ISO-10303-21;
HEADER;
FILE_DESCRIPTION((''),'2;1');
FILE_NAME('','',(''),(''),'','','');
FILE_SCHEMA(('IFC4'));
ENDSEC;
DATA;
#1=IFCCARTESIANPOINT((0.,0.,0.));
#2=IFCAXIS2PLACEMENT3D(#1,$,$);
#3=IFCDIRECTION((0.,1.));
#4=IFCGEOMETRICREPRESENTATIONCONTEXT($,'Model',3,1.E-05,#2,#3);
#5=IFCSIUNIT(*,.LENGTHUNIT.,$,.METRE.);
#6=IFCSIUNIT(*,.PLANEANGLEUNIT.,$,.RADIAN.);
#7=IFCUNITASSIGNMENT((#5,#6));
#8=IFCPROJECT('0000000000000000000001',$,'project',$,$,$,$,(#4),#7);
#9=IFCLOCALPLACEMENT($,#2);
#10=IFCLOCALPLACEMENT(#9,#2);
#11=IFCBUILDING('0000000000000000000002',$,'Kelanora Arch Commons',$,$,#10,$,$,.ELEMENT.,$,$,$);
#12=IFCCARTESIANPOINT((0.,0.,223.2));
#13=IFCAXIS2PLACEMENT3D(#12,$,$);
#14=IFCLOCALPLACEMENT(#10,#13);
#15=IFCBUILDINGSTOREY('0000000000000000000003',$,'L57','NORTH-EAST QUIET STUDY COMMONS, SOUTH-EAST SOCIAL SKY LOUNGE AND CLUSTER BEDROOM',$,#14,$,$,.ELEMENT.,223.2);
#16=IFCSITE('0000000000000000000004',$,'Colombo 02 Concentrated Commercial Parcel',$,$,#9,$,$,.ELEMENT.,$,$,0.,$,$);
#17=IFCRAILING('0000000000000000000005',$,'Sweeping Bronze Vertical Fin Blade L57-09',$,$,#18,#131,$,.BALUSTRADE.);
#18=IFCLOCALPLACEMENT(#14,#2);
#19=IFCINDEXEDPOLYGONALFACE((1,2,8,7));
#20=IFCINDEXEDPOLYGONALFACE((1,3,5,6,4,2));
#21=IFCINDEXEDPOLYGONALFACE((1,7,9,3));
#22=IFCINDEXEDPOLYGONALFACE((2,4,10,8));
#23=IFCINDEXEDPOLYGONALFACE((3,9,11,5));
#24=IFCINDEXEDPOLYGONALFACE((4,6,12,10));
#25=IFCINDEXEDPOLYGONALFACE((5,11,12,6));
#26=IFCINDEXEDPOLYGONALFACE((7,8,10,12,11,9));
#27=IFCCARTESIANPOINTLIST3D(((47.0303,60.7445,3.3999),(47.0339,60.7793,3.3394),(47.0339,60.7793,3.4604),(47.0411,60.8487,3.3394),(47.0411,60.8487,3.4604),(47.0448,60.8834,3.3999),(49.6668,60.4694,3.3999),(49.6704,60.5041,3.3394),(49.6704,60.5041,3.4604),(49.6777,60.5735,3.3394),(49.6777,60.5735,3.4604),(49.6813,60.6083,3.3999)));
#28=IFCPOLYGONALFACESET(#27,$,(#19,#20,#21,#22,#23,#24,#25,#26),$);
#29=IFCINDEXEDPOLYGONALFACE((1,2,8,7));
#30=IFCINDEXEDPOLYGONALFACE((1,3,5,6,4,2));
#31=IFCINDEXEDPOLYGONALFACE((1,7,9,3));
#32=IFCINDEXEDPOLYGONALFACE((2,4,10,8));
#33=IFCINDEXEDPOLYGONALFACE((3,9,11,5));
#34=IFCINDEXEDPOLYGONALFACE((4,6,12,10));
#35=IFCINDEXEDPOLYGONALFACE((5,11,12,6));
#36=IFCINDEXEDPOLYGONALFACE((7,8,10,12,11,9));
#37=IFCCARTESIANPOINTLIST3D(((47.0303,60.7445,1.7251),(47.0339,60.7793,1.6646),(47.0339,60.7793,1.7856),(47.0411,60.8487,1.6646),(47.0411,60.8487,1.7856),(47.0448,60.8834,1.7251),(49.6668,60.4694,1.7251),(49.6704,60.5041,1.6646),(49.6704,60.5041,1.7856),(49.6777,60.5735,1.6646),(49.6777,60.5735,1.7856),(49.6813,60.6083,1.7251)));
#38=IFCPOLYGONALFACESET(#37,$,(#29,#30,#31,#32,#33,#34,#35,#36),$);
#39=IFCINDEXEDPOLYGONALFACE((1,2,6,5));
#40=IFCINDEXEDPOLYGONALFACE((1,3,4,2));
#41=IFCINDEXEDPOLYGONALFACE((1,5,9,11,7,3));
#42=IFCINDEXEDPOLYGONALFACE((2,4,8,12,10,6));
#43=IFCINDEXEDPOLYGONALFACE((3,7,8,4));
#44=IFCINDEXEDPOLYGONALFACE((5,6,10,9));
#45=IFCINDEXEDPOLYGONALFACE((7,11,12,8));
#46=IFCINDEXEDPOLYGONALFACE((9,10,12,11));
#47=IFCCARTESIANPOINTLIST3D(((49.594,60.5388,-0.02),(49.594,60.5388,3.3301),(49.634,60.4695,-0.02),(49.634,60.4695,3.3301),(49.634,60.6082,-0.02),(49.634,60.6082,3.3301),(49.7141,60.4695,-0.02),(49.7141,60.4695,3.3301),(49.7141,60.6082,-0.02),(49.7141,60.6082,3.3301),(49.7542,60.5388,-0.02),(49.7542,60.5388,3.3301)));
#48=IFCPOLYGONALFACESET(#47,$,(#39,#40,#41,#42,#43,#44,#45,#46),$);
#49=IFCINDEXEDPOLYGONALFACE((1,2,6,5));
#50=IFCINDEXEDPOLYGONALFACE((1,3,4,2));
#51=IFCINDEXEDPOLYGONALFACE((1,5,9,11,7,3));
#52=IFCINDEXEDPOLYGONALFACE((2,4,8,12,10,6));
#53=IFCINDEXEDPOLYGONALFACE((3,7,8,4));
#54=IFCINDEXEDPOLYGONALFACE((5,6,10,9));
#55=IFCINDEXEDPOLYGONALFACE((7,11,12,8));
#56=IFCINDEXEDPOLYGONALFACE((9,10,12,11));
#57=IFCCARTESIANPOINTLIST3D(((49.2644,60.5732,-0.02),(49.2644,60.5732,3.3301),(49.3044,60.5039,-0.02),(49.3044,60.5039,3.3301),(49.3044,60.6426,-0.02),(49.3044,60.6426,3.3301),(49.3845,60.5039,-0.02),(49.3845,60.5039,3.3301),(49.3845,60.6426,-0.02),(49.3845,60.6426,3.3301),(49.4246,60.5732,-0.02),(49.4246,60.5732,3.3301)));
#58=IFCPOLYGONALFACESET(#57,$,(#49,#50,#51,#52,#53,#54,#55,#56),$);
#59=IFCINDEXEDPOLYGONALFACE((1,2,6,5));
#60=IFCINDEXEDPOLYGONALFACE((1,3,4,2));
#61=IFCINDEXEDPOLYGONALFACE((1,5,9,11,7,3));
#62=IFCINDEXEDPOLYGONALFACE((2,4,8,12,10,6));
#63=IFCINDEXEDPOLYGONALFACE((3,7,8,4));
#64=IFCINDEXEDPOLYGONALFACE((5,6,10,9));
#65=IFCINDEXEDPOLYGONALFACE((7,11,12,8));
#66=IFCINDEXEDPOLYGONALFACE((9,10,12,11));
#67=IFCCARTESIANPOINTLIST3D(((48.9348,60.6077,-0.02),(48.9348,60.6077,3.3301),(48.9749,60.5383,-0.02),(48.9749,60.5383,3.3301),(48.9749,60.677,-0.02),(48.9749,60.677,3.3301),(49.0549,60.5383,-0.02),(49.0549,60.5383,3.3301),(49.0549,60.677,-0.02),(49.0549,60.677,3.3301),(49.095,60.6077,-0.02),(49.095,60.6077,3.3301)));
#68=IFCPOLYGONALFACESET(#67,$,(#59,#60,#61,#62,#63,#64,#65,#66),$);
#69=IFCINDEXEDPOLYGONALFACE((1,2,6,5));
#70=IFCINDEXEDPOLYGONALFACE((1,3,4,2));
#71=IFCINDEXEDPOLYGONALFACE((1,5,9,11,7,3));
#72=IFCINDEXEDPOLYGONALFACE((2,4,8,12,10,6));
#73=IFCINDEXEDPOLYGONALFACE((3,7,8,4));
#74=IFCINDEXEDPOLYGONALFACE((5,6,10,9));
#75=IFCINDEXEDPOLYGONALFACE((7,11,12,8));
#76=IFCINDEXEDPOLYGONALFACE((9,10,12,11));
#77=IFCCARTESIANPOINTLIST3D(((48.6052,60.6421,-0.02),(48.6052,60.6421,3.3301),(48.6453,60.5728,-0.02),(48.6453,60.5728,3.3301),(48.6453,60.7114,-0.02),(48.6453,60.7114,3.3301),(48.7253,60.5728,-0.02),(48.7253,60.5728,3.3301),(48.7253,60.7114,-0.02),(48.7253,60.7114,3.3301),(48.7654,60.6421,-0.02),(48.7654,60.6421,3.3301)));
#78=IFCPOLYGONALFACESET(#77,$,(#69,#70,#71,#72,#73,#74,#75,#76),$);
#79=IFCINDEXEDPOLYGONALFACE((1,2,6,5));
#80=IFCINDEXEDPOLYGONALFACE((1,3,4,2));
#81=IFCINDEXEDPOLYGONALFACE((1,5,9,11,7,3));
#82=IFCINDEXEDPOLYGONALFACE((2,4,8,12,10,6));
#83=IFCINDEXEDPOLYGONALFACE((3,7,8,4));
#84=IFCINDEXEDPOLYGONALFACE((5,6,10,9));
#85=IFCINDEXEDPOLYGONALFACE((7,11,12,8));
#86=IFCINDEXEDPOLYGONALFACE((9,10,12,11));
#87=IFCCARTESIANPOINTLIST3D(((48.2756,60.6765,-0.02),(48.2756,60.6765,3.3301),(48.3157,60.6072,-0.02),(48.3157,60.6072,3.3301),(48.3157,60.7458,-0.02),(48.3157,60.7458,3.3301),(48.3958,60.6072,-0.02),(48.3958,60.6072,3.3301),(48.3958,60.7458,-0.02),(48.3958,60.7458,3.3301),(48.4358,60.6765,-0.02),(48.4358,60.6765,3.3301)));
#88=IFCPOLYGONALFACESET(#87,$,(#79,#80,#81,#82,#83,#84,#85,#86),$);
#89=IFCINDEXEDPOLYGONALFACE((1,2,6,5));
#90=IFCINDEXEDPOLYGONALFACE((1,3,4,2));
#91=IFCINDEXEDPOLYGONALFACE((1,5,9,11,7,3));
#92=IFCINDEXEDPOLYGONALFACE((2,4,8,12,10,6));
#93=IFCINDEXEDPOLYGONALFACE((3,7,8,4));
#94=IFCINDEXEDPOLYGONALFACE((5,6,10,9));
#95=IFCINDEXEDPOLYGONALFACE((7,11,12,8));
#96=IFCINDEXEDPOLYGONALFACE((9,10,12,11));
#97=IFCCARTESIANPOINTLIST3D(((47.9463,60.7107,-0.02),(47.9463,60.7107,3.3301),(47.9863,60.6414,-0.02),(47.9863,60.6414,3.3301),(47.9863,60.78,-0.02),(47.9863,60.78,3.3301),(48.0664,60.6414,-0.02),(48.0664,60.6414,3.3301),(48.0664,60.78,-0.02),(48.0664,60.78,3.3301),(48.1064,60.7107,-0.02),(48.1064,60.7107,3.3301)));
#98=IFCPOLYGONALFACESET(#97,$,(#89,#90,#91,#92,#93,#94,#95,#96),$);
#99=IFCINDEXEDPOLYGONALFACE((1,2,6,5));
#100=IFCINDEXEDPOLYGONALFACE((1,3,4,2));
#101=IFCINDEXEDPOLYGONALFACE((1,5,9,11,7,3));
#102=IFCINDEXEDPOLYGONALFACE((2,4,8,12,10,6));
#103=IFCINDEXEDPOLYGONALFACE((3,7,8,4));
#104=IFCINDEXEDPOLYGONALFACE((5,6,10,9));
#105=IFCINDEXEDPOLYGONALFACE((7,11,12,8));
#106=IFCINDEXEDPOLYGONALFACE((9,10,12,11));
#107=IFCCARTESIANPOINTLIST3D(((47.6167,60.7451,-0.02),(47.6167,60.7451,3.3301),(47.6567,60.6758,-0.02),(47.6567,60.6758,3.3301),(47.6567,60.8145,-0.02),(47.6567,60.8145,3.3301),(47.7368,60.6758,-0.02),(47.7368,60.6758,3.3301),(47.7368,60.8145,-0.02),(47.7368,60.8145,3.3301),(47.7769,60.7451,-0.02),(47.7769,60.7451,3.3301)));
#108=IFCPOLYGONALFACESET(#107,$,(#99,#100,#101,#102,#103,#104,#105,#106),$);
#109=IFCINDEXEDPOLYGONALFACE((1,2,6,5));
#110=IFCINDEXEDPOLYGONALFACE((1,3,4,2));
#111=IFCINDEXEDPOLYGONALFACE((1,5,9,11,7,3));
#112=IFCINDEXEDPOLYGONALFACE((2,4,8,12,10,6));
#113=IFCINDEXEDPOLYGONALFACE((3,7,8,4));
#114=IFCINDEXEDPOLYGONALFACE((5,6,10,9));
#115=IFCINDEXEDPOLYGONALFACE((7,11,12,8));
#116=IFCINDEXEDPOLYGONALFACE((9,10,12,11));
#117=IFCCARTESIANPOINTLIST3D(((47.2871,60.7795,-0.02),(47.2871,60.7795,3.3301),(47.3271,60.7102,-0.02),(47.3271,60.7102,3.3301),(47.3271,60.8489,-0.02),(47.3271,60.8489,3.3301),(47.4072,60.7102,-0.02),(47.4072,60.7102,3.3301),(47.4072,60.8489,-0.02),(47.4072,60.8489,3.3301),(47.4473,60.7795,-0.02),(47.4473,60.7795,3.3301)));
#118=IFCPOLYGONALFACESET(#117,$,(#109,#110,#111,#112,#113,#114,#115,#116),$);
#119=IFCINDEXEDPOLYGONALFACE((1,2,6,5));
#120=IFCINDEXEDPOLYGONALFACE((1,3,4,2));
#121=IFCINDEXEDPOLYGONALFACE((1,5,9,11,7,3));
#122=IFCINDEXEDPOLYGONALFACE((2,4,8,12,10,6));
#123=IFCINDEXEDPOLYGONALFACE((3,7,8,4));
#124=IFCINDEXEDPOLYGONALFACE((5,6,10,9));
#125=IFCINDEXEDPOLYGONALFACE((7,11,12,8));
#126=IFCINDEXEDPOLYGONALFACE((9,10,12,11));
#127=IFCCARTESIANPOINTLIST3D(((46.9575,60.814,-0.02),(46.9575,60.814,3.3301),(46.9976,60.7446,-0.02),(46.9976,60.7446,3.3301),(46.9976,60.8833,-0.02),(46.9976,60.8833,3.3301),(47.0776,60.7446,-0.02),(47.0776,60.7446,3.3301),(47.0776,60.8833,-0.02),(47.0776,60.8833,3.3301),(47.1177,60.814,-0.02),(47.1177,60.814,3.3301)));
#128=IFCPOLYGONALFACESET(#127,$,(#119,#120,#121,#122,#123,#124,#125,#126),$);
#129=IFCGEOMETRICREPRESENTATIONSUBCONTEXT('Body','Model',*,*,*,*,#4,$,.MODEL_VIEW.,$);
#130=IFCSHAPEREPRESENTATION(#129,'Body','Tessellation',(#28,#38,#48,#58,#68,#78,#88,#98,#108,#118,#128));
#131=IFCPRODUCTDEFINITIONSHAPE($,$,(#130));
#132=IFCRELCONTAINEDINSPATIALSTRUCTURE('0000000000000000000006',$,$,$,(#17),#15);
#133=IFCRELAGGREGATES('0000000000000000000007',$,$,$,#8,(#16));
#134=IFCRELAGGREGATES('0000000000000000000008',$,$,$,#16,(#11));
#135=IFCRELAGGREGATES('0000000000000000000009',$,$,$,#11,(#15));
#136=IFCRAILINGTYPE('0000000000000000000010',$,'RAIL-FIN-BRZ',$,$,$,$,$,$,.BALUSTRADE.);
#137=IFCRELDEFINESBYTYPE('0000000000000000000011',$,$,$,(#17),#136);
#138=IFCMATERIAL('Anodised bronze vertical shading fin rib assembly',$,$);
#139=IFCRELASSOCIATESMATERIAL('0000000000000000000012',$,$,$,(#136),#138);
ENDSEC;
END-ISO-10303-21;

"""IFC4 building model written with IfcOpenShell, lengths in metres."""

from ifc_helpers import new_model, si_unit, direction, frame, origin, place, context, subcontext, project, spatial, polyline, outline, extrude, material, type_object, element, save


model = new_model("IFC4")

# Units and contexts
model_context = context("Model", 3, precision=1e-05, world=origin(), true_north=direction((0.0, 1.0)))
body_context = subcontext(model_context, "Body", "Model", "MODEL_VIEW")
ifc_project = project(units=[si_unit("LENGTHUNIT", "METRE"), si_unit("PLANEANGLEUNIT", "RADIAN")], contexts=[model_context])

# Site, building, storey
site_placement = place(None, origin())
site = spatial("IfcSite", under=ifc_project, at=site_placement, Name="Colombo 02 Concentrated Commercial Parcel", CompositionType="ELEMENT", RefElevation=0.0)
building_placement = place(site_placement, origin())
building = spatial("IfcBuilding", under=site, at=building_placement, Name="Kelanora Arch Commons", CompositionType="ELEMENT")
storey_placement = place(building_placement, frame((0.0, 0.0, 223.2)))
storey = spatial("IfcBuildingStorey", under=building, at=storey_placement, Name="L57", Description="NORTH-EAST QUIET STUDY COMMONS, SOUTH-EAST SOCIAL SKY LOUNGE AND CLUSTER BEDROOM", CompositionType="ELEMENT", Elevation=223.2)

# Railing
ifc_material_1 = material(Name="Anodised bronze vertical shading fin rib assembly")
railing_type = type_object("IfcRailingType", Name="RAIL-FIN-BRZ", PredefinedType="BALUSTRADE", material=ifc_material_1)
railing_1_placement = place(storey_placement, frame((49.6741, 60.5388, -0.02)))
element("IfcRailing", 1, at=railing_1_placement, inside=storey, type_object=railing_type, Name="Sweeping Bronze Vertical Fin Blade L57-09", PredefinedType="BALUSTRADE", context=body_context, shape_type="SweptSolid", body=[
    extrude(outline(polyline([(0.0698, 0.0), (0.0349, 0.0605), (-0.0349, 0.0605), (-0.0698, 0.0), (-0.0349, -0.0605), (0.0349, -0.0605), (0.0698, 0.0)])), frame((0.0, 0.0, 3.4199), z_axis=(-0.994598, 0.103798, 0.0), x_axis=(-0.103798, -0.994598, 0.0)), (0.0, 0.0, 1.0), 2.6509),
    extrude(outline(polyline([(0.0698, 0.0), (0.0349, 0.0605), (-0.0349, 0.0605), (-0.0698, 0.0), (-0.0349, -0.0605), (0.0349, -0.0605), (0.0698, 0.0)])), frame((0.0, 0.0, 1.7451), z_axis=(-0.994598, 0.103798, 0.0), x_axis=(-0.103798, -0.994598, 0.0)), (0.0, 0.0, 1.0), 2.6509),
    extrude(outline(polyline([(0.0801, 0.0), (0.04, 0.0693), (-0.04, 0.0693), (-0.0801, 0.0), (-0.04, -0.0693), (0.04, -0.0693), (0.0801, 0.0)])), origin(), (0.0, 0.0, 1.0), 3.3501),
    extrude(outline(polyline([(0.0801, 0.0), (0.04, 0.0693), (-0.04, 0.0693), (-0.0801, 0.0), (-0.04, -0.0693), (0.04, -0.0693), (0.0801, 0.0)])), frame((-0.3296, 0.0344, 0.0)), (0.0, 0.0, 1.0), 3.3501),
    extrude(outline(polyline([(0.0801, 0.0), (0.04, 0.0693), (-0.04, 0.0693), (-0.0801, 0.0), (-0.04, -0.0693), (0.04, -0.0693), (0.0801, 0.0)])), frame((-0.6592, 0.0688, 0.0)), (0.0, 0.0, 1.0), 3.3501),
    extrude(outline(polyline([(0.0801, 0.0), (0.04, 0.0693), (-0.04, 0.0693), (-0.0801, 0.0), (-0.04, -0.0693), (0.04, -0.0693), (0.0801, 0.0)])), frame((-0.9888, 0.1033, 0.0)), (0.0, 0.0, 1.0), 3.3501),
    extrude(outline(polyline([(0.0801, 0.0), (0.04, 0.0693), (-0.04, 0.0693), (-0.0801, 0.0), (-0.04, -0.0693), (0.04, -0.0693), (0.0801, 0.0)])), frame((-1.3184, 0.1377, 0.0)), (0.0, 0.0, 1.0), 3.3501),
    extrude(outline(polyline([(0.0801, 0.0), (0.04, 0.0693), (-0.04, 0.0693), (-0.0801, 0.0), (-0.04, -0.0693), (0.04, -0.0693), (0.0801, 0.0)])), frame((-1.6477, 0.1719, 0.0)), (0.0, 0.0, 1.0), 3.3501),
    extrude(outline(polyline([(0.0801, 0.0), (0.04, 0.0693), (-0.04, 0.0693), (-0.0801, 0.0), (-0.04, -0.0693), (0.04, -0.0693), (0.0801, 0.0)])), frame((-1.9773, 0.2063, 0.0)), (0.0, 0.0, 1.0), 3.3501),
    extrude(outline(polyline([(0.0801, 0.0), (0.04, 0.0693), (-0.04, 0.0693), (-0.0801, 0.0), (-0.04, -0.0693), (0.04, -0.0693), (0.0801, 0.0)])), frame((-2.3069, 0.2407, 0.0)), (0.0, 0.0, 1.0), 3.3501),
    extrude(outline(polyline([(0.0801, 0.0), (0.04, 0.0693), (-0.04, 0.0693), (-0.0801, 0.0), (-0.04, -0.0693), (0.04, -0.0693), (0.0801, 0.0)])), frame((-2.6365, 0.2751, 0.0)), (0.0, 0.0, 1.0), 3.3501),
])

save(model, "model.ifc")
